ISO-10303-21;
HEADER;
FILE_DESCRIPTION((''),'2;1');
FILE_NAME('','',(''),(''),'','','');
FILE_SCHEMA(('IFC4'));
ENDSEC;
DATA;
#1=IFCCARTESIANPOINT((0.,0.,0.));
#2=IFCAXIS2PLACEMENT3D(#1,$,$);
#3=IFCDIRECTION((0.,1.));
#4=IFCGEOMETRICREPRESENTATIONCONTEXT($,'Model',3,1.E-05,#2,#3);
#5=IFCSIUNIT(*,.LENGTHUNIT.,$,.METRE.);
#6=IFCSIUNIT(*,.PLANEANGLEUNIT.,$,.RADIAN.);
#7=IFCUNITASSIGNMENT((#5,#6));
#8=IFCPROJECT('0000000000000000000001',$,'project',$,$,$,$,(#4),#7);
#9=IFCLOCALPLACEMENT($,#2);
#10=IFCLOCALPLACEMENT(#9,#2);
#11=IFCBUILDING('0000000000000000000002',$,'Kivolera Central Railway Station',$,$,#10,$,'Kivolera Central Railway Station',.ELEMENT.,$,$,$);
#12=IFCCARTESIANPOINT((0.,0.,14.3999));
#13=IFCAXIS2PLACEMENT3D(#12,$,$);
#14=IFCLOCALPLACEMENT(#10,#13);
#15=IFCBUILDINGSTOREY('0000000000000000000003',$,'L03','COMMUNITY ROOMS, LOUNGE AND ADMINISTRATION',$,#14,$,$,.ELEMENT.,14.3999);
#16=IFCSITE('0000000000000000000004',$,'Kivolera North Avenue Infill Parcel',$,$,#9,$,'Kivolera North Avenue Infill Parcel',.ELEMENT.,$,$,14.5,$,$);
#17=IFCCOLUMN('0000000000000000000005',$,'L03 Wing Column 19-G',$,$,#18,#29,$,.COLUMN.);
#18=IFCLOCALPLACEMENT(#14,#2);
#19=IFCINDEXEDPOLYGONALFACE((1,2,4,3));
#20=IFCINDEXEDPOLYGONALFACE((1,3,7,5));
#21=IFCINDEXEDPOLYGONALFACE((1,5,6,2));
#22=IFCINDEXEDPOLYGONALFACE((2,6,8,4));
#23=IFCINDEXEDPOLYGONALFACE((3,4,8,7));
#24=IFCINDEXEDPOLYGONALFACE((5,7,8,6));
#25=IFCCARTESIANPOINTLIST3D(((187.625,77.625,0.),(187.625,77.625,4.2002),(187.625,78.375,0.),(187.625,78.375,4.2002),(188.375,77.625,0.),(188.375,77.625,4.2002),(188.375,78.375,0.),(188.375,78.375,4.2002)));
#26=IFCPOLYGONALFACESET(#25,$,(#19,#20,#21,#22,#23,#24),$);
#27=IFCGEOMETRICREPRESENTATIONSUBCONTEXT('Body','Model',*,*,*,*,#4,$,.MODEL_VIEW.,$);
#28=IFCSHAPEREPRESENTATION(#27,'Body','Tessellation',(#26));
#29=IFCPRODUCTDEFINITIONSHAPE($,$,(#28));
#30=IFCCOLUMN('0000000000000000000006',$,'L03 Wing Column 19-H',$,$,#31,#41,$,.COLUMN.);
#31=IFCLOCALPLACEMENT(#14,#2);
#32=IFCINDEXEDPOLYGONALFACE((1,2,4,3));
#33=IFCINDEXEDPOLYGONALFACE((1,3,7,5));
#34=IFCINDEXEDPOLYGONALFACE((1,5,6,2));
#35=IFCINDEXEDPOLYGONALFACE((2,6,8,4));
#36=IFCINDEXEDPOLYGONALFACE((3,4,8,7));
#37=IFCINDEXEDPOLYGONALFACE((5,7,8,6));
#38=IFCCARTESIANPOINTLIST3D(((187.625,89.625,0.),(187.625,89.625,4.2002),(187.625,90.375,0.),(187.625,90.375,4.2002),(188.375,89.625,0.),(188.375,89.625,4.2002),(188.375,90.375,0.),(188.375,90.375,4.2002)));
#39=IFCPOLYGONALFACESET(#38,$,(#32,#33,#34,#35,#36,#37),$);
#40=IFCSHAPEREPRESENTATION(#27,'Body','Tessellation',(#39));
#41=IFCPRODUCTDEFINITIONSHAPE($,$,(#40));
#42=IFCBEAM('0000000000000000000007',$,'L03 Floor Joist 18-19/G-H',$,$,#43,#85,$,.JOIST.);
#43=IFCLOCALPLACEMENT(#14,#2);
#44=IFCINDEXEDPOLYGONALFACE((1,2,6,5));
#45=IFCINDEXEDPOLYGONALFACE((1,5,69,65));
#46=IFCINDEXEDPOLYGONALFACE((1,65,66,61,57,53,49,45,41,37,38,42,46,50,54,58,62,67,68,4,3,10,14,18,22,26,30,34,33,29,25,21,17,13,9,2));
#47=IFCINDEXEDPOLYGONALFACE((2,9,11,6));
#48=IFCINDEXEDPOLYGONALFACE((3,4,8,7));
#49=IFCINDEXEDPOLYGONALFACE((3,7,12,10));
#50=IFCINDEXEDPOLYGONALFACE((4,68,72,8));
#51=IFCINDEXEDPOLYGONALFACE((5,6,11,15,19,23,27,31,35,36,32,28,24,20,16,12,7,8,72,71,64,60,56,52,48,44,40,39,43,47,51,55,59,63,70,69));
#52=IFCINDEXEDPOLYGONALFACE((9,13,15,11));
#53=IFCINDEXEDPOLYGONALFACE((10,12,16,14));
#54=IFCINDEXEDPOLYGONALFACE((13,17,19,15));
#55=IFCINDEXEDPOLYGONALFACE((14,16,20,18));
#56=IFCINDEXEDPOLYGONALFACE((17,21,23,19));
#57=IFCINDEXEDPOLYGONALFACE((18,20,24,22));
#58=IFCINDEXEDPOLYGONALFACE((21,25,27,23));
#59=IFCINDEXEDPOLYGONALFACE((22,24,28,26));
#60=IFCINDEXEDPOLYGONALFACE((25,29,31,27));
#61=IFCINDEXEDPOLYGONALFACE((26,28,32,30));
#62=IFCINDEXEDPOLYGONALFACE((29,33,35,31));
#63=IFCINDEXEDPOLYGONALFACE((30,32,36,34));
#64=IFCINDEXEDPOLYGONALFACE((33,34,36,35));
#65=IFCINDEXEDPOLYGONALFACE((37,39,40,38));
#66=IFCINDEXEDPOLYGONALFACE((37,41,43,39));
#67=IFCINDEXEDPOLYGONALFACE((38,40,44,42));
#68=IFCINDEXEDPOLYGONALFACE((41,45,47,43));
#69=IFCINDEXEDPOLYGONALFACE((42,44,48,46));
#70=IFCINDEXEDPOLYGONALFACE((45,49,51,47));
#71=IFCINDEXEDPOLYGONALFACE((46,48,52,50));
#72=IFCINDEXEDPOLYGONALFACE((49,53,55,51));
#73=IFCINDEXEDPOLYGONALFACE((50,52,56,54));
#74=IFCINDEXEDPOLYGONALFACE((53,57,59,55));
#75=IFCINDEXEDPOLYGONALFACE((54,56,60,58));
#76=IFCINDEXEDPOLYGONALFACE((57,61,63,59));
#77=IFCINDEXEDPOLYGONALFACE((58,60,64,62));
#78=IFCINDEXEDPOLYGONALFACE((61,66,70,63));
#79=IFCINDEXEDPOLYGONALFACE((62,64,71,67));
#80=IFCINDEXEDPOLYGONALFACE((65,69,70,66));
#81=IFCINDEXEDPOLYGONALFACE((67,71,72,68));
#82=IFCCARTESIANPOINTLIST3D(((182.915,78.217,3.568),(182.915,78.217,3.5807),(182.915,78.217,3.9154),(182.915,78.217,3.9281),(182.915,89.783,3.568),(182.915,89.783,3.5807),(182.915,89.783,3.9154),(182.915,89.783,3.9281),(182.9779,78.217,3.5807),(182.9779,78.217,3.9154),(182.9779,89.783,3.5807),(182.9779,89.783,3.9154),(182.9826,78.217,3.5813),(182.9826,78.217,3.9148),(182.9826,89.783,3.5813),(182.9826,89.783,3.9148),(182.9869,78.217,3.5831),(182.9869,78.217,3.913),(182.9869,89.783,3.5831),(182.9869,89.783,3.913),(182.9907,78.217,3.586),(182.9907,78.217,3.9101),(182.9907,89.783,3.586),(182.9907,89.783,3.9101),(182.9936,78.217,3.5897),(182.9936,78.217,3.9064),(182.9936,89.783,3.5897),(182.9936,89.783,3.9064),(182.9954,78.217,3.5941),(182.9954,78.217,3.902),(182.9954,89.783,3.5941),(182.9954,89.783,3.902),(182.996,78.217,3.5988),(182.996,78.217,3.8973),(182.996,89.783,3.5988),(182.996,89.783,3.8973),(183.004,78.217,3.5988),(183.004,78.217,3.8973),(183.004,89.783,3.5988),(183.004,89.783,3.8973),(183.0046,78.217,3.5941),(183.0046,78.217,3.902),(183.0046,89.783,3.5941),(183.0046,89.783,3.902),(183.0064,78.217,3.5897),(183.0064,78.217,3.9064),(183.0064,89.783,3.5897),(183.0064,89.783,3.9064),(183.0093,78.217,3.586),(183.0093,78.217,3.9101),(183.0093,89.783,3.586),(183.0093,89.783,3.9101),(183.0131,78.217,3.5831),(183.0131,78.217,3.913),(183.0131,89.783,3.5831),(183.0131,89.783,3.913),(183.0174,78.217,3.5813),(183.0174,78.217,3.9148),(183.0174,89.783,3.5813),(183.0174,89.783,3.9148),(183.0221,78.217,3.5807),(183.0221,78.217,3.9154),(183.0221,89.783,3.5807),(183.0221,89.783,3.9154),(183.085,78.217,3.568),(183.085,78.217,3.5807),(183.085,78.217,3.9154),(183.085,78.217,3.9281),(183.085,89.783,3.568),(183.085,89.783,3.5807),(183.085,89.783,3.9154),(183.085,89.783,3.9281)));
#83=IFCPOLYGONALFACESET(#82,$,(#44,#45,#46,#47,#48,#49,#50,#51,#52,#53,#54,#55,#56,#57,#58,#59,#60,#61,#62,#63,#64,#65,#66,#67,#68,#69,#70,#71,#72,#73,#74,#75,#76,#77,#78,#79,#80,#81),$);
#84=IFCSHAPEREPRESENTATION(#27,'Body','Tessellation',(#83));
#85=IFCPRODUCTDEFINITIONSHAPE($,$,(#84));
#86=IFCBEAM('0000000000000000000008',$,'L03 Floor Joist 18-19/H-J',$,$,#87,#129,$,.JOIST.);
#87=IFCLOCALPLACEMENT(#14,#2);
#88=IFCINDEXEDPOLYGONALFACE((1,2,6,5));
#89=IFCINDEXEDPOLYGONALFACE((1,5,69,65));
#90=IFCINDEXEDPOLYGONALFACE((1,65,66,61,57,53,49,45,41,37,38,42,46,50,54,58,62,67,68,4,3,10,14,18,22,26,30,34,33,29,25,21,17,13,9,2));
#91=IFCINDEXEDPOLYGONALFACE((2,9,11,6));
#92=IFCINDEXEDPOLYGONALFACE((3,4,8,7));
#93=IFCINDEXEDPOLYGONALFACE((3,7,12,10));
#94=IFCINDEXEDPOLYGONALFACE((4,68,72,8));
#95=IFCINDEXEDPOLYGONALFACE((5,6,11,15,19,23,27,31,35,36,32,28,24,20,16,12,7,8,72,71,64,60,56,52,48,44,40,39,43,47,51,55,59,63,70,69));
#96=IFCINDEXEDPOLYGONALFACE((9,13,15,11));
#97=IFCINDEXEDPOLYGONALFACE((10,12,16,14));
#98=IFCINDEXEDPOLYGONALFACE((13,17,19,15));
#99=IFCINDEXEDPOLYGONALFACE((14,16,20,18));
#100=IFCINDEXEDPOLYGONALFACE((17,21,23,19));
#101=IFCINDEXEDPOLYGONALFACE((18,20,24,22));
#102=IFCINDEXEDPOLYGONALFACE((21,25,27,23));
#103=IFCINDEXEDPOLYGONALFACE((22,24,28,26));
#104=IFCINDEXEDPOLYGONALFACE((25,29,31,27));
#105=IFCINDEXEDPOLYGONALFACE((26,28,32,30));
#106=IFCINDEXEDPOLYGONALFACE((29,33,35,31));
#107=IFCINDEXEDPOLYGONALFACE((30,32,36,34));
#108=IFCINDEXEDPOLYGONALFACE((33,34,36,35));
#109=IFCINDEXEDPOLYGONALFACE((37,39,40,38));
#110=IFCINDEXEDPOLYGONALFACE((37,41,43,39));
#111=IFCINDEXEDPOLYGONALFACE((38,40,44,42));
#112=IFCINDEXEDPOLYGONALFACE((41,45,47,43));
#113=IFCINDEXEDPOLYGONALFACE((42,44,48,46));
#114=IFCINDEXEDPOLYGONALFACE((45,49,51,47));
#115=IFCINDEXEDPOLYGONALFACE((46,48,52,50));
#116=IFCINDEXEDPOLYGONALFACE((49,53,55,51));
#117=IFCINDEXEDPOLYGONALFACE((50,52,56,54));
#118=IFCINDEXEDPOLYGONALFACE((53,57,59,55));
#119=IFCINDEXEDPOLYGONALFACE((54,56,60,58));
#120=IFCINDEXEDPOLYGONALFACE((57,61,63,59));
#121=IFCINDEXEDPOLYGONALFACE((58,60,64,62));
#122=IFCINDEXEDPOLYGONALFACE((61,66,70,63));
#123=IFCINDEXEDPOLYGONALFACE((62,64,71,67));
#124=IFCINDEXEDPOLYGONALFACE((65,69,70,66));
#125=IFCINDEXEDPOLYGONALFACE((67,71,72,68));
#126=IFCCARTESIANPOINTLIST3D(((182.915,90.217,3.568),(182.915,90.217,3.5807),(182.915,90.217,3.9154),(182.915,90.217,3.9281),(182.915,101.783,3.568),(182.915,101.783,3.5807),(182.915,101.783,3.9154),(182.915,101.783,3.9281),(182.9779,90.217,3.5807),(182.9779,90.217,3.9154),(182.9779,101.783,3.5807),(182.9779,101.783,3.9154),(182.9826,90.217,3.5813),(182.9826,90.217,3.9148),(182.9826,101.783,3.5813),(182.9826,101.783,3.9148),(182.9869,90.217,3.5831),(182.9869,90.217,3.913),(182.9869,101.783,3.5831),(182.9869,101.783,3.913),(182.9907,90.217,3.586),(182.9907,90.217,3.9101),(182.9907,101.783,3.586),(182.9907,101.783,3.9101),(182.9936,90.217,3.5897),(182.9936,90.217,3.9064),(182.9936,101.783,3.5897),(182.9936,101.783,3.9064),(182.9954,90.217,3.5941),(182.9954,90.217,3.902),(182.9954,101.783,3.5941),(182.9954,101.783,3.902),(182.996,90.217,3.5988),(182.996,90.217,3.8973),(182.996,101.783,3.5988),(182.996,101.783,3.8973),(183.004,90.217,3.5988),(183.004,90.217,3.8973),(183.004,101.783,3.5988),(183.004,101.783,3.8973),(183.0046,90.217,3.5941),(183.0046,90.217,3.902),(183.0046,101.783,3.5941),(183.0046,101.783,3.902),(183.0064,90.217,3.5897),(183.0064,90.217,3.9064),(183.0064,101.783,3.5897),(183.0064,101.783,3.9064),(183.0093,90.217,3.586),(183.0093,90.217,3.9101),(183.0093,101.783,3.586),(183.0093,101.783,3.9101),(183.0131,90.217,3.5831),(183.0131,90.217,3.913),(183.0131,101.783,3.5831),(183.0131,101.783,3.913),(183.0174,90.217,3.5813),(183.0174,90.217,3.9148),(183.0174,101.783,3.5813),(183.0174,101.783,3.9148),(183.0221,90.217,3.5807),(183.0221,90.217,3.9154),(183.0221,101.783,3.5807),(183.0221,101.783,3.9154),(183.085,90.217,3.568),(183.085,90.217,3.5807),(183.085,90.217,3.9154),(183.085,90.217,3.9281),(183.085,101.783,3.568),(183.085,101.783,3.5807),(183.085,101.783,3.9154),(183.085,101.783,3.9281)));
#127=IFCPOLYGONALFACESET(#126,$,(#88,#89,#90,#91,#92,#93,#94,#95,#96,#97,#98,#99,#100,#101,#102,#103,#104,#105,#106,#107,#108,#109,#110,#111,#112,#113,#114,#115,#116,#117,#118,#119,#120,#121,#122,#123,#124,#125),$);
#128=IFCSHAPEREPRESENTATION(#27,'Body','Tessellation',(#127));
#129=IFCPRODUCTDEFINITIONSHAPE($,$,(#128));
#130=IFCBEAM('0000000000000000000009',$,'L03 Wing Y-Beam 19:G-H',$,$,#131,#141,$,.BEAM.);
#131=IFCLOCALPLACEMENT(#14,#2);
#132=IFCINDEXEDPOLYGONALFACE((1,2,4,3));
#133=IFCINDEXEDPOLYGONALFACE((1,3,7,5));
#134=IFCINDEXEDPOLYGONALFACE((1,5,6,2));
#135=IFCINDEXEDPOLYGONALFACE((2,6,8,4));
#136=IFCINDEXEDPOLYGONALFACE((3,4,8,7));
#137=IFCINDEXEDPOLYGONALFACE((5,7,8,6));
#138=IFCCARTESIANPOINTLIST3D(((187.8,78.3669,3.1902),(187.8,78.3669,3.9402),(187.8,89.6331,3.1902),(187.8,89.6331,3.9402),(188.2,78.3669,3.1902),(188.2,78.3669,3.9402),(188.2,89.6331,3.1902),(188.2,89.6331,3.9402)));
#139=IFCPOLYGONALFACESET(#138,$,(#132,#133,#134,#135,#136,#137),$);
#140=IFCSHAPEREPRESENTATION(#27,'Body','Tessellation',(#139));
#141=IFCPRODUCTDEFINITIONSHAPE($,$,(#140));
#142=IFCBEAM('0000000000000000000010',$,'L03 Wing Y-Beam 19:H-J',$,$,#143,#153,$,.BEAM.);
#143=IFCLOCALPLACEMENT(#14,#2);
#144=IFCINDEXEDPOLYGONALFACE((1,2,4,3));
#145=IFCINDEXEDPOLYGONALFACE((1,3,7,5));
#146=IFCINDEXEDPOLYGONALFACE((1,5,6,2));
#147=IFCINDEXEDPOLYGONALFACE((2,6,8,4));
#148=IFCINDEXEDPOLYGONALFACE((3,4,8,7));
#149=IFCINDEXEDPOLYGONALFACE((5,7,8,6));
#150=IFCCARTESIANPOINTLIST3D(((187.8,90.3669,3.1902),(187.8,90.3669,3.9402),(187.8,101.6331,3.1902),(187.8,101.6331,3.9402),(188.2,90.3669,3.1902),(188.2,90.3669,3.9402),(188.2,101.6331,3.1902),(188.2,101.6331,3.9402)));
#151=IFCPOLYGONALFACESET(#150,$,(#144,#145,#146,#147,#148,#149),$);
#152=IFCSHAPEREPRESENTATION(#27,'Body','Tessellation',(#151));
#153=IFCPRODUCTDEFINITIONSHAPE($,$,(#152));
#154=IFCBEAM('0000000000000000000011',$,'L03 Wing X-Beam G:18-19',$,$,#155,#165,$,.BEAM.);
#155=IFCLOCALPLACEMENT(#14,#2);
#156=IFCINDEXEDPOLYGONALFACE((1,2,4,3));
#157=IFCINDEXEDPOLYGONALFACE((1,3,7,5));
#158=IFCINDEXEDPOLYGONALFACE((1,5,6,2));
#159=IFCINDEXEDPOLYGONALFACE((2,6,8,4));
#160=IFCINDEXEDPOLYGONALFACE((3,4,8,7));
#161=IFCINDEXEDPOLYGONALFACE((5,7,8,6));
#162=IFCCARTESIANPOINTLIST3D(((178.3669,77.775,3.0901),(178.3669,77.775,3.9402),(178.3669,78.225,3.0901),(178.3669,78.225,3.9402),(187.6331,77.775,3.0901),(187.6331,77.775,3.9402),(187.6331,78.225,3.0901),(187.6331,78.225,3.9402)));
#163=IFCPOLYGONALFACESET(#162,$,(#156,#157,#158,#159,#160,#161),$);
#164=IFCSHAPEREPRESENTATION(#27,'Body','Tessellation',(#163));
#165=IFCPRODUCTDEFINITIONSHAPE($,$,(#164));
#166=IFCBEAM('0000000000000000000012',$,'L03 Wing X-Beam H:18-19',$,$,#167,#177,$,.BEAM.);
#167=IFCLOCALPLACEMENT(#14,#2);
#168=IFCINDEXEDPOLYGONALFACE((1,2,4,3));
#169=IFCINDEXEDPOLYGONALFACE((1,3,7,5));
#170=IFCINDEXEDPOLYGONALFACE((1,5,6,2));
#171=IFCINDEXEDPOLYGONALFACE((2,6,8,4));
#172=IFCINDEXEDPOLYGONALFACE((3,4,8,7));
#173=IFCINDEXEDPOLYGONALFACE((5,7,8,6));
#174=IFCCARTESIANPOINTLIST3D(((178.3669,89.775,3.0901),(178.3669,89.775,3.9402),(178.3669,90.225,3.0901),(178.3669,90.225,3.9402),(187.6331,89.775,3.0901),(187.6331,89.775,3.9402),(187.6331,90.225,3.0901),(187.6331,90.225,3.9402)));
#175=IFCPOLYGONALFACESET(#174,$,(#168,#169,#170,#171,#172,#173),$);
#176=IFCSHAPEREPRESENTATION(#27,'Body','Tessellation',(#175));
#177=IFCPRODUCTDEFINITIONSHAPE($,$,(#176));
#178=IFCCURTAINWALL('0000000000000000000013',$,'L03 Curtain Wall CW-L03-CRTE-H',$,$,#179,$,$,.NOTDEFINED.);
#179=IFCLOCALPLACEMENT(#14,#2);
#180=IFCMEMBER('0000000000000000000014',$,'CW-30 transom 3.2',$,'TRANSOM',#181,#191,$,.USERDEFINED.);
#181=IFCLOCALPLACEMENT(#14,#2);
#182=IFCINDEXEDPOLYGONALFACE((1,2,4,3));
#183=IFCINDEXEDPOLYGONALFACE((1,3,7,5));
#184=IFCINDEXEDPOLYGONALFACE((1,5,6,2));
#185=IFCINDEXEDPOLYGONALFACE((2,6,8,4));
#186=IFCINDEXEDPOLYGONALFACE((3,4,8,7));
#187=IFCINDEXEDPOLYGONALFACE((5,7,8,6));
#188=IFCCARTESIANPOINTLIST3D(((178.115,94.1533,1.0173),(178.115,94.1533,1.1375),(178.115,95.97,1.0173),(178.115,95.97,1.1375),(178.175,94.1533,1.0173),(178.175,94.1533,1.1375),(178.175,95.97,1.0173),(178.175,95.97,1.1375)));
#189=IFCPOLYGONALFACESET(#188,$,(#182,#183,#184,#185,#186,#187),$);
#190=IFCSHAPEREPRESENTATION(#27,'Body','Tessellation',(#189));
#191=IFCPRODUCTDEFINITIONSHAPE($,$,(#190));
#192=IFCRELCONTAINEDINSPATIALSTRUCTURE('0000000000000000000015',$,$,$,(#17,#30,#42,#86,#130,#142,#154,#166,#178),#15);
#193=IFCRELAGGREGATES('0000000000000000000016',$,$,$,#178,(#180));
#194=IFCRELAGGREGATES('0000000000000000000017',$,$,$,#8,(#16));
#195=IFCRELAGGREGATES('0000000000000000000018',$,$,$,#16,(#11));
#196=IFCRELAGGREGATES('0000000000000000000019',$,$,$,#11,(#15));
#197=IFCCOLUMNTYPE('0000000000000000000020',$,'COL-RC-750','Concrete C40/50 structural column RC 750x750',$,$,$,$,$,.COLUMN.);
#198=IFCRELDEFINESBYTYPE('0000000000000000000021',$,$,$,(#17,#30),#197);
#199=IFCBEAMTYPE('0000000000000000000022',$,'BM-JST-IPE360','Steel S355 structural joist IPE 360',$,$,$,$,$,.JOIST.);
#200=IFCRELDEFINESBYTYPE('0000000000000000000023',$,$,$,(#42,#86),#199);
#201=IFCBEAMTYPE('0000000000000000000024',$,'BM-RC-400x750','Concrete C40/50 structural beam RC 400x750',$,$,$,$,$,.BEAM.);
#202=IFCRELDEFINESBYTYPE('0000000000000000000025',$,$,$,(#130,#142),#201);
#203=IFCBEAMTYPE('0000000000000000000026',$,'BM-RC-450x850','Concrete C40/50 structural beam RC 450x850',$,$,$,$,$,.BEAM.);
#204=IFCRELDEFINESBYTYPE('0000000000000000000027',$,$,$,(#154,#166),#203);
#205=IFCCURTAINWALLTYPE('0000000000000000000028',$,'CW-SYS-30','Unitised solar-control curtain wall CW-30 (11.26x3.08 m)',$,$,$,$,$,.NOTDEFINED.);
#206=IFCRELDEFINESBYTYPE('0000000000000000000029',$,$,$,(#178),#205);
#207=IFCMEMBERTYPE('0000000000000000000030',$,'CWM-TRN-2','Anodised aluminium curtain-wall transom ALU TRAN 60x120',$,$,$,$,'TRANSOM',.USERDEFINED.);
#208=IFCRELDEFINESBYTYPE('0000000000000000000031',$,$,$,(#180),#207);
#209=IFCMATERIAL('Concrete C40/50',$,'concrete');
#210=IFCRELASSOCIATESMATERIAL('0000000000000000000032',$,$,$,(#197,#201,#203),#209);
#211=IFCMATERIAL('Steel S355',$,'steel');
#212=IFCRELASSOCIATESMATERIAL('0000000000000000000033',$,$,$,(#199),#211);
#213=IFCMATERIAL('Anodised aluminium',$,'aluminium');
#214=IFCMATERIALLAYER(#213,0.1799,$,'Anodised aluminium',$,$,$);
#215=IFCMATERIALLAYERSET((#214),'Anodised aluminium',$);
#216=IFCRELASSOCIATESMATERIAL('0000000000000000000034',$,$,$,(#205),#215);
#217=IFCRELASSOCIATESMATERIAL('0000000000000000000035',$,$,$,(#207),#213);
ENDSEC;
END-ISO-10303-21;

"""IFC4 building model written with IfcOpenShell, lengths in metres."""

from ifc_helpers import new_model, si_unit, direction, frame, origin, origin_2d, place, context, subcontext, project, spatial, rectangle, i_section, extrude, material, layer, layer_set, material_profile, profile_set, type_object, element, aggregate, save


model = new_model("IFC4")

# Units and contexts
model_context = context("Model", 3, precision=1e-05, world=origin(), true_north=direction((0.0, 1.0)))
body_context = subcontext(model_context, "Body", "Model", "MODEL_VIEW")
ifc_project = project(units=[si_unit("LENGTHUNIT", "METRE"), si_unit("PLANEANGLEUNIT", "RADIAN")], contexts=[model_context])

# Site, building, storey
site_placement = place(None, origin())
site = spatial("IfcSite", under=ifc_project, at=site_placement, Name="Kivolera North Avenue Infill Parcel", LongName="Kivolera North Avenue Infill Parcel", CompositionType="ELEMENT", RefElevation=14.5)
building_placement = place(site_placement, origin())
building = spatial("IfcBuilding", under=site, at=building_placement, Name="Kivolera Central Railway Station", LongName="Kivolera Central Railway Station", CompositionType="ELEMENT")
storey_placement = place(building_placement, frame((0.0, 0.0, 14.3999)))
storey = spatial("IfcBuildingStorey", under=building, at=storey_placement, Name="L03", Description="COMMUNITY ROOMS, LOUNGE AND ADMINISTRATION", CompositionType="ELEMENT", Elevation=14.3999)

# Columns
ifc_material_1 = material(Name="Concrete C40/50", Category="concrete")
ifc_material_profile_1 = material_profile(ifc_material_1, rectangle(XDim=0.75, YDim=0.75, at=origin_2d()), Name="RC 750x750")
ifc_profile_set_1 = profile_set([ifc_material_profile_1], Name="Concrete C40/50")
column_type = type_object("IfcColumnType", Name="COL-RC-750", Description="Concrete C40/50 structural column RC 750x750", PredefinedType="COLUMN", material=ifc_profile_set_1)
for number, where, z_axis, x_axis, name in (
    (1, (188.0, 78.0, 0.0), (0.0, 0.0, 1.0), (1.0, 0.0, 0.0), "L03 Wing Column 19-G"),
    (2, (188.0, 90.0, 0.0), (0.0, 0.0, 1.0), (1.0, 0.0, 0.0), "L03 Wing Column 19-H"),
):
    element("IfcColumn", number, at=place(storey_placement, frame(where, z_axis=z_axis, x_axis=x_axis)), inside=storey, type_object=column_type, Name=name, PredefinedType="COLUMN", context=body_context, shape_type="SweptSolid", body=[
        extrude(rectangle(XDim=0.75, YDim=0.75, at=origin_2d()), origin(), (0.0, 0.0, 1.0), 4.2002),
    ])

# Beams
ifc_material_2 = material(Name="Steel S355", Category="steel")
ifc_material_profile_2 = material_profile(ifc_material_2, i_section(OverallWidth=0.1699, OverallDepth=0.3601, WebThickness=0.0081, FlangeThickness=0.0127, FilletRadius=0.0181, at=origin_2d()), Name="IPE 360")
ifc_profile_set_2 = profile_set([ifc_material_profile_2], Name="Steel S355")
beam_type_1 = type_object("IfcBeamType", Name="BM-JST-IPE360", Description="Steel S355 structural joist IPE 360", PredefinedType="JOIST", material=ifc_profile_set_2)
for number, where, z_axis, x_axis, name in (
    (3, (183.0, 78.217, 3.748), (0.0, 1.0, 0.0), (-1.0, 0.0, 0.0), "L03 Floor Joist 18-19/G-H"),
    (4, (183.0, 90.217, 3.748), (0.0, 1.0, 0.0), (-1.0, 0.0, 0.0), "L03 Floor Joist 18-19/H-J"),
):
    element("IfcBeam", number, at=place(storey_placement, frame(where, z_axis=z_axis, x_axis=x_axis)), inside=storey, type_object=beam_type_1, Name=name, PredefinedType="JOIST", context=body_context, shape_type="SweptSolid", body=[
        extrude(i_section(OverallWidth=0.1699, OverallDepth=0.3601, WebThickness=0.0081, FlangeThickness=0.0127, FilletRadius=0.0181, at=origin_2d()), origin(), (0.0, 0.0, 1.0), 11.5659),
    ])
ifc_material_profile_3 = material_profile(ifc_material_1, rectangle(XDim=0.3999, YDim=0.75, at=origin_2d()), Name="RC 400x750")
ifc_profile_set_3 = profile_set([ifc_material_profile_3], Name="Concrete C40/50")
beam_type_2 = type_object("IfcBeamType", Name="BM-RC-400x750", Description="Concrete C40/50 structural beam RC 400x750", PredefinedType="BEAM", material=ifc_profile_set_3)
for number, where, z_axis, x_axis, name in (
    (5, (188.0, 78.3669, 3.5652), (0.0, 1.0, 0.0), (-1.0, 0.0, 0.0), "L03 Wing Y-Beam 19:G-H"),
    (6, (188.0, 90.3669, 3.5652), (0.0, 1.0, 0.0), (-1.0, 0.0, 0.0), "L03 Wing Y-Beam 19:H-J"),
):
    element("IfcBeam", number, at=place(storey_placement, frame(where, z_axis=z_axis, x_axis=x_axis)), inside=storey, type_object=beam_type_2, Name=name, PredefinedType="BEAM", context=body_context, shape_type="SweptSolid", body=[
        extrude(rectangle(XDim=0.3999, YDim=0.75, at=origin_2d()), origin(), (0.0, 0.0, 1.0), 11.2661),
    ])
ifc_material_profile_4 = material_profile(ifc_material_1, rectangle(XDim=0.45, YDim=0.8501, at=origin_2d()), Name="RC 450x850")
ifc_profile_set_4 = profile_set([ifc_material_profile_4], Name="Concrete C40/50")
beam_type_3 = type_object("IfcBeamType", Name="BM-RC-450x850", Description="Concrete C40/50 structural beam RC 450x850", PredefinedType="BEAM", material=ifc_profile_set_4)
for number, where, z_axis, x_axis, name in (
    (7, (178.3669, 78.0, 3.5151), (1.0, 0.0, 0.0), (0.0, 1.0, 0.0), "L03 Wing X-Beam G:18-19"),
    (8, (178.3669, 90.0, 3.5151), (1.0, 0.0, 0.0), (0.0, 1.0, 0.0), "L03 Wing X-Beam H:18-19"),
):
    element("IfcBeam", number, at=place(storey_placement, frame(where, z_axis=z_axis, x_axis=x_axis)), inside=storey, type_object=beam_type_3, Name=name, PredefinedType="BEAM", context=body_context, shape_type="SweptSolid", body=[
        extrude(rectangle(XDim=0.45, YDim=0.8501, at=origin_2d()), origin(), (0.0, 0.0, 1.0), 9.2661),
    ])

# Curtain wall, member
ifc_material_3 = material(Name="Anodised aluminium", Category="aluminium")
ifc_layer_1 = layer(ifc_material_3, 0.1799, Name="Anodised aluminium")
ifc_layer_set_1 = layer_set([ifc_layer_1], Name="Anodised aluminium")
curtain_wall_type = type_object("IfcCurtainWallType", Name="CW-SYS-30", Description="Unitised solar-control curtain wall CW-30 (11.26x3.08 m)", PredefinedType="NOTDEFINED", material=ifc_layer_set_1)
curtain_wall_placement = place(storey_placement, origin())
curtain_wall = element("IfcCurtainWall", 9, at=curtain_wall_placement, inside=storey, type_object=curtain_wall_type, Name="L03 Curtain Wall CW-L03-CRTE-H", PredefinedType="NOTDEFINED")
ifc_material_profile_5 = material_profile(ifc_material_3, rectangle(XDim=0.0601, YDim=0.1201, at=origin_2d()), Name="ALU TRAN 60x120")
ifc_profile_set_5 = profile_set([ifc_material_profile_5], Name="Anodised aluminium")
member_type = type_object("IfcMemberType", Name="CWM-TRN-2", Description="Anodised aluminium curtain-wall transom ALU TRAN 60x120", ElementType="TRANSOM", PredefinedType="USERDEFINED", material=ifc_profile_set_5)
member_1_placement = place(storey_placement, frame((178.145, 94.1533, 1.0774), z_axis=(0.0, 1.0, 0.0), x_axis=(-1.0, 0.0, 0.0)))
member_1 = element("IfcMember", 10, at=member_1_placement, type_object=member_type, Name="CW-30 transom 3.2", ObjectType="TRANSOM", PredefinedType="USERDEFINED", context=body_context, shape_type="SweptSolid", body=[
    extrude(rectangle(XDim=0.0601, YDim=0.1201, at=origin_2d()), origin(), (0.0, 0.0, 1.0), 1.8167),
])
aggregate(curtain_wall, [member_1])

save(model, "model.ifc")
